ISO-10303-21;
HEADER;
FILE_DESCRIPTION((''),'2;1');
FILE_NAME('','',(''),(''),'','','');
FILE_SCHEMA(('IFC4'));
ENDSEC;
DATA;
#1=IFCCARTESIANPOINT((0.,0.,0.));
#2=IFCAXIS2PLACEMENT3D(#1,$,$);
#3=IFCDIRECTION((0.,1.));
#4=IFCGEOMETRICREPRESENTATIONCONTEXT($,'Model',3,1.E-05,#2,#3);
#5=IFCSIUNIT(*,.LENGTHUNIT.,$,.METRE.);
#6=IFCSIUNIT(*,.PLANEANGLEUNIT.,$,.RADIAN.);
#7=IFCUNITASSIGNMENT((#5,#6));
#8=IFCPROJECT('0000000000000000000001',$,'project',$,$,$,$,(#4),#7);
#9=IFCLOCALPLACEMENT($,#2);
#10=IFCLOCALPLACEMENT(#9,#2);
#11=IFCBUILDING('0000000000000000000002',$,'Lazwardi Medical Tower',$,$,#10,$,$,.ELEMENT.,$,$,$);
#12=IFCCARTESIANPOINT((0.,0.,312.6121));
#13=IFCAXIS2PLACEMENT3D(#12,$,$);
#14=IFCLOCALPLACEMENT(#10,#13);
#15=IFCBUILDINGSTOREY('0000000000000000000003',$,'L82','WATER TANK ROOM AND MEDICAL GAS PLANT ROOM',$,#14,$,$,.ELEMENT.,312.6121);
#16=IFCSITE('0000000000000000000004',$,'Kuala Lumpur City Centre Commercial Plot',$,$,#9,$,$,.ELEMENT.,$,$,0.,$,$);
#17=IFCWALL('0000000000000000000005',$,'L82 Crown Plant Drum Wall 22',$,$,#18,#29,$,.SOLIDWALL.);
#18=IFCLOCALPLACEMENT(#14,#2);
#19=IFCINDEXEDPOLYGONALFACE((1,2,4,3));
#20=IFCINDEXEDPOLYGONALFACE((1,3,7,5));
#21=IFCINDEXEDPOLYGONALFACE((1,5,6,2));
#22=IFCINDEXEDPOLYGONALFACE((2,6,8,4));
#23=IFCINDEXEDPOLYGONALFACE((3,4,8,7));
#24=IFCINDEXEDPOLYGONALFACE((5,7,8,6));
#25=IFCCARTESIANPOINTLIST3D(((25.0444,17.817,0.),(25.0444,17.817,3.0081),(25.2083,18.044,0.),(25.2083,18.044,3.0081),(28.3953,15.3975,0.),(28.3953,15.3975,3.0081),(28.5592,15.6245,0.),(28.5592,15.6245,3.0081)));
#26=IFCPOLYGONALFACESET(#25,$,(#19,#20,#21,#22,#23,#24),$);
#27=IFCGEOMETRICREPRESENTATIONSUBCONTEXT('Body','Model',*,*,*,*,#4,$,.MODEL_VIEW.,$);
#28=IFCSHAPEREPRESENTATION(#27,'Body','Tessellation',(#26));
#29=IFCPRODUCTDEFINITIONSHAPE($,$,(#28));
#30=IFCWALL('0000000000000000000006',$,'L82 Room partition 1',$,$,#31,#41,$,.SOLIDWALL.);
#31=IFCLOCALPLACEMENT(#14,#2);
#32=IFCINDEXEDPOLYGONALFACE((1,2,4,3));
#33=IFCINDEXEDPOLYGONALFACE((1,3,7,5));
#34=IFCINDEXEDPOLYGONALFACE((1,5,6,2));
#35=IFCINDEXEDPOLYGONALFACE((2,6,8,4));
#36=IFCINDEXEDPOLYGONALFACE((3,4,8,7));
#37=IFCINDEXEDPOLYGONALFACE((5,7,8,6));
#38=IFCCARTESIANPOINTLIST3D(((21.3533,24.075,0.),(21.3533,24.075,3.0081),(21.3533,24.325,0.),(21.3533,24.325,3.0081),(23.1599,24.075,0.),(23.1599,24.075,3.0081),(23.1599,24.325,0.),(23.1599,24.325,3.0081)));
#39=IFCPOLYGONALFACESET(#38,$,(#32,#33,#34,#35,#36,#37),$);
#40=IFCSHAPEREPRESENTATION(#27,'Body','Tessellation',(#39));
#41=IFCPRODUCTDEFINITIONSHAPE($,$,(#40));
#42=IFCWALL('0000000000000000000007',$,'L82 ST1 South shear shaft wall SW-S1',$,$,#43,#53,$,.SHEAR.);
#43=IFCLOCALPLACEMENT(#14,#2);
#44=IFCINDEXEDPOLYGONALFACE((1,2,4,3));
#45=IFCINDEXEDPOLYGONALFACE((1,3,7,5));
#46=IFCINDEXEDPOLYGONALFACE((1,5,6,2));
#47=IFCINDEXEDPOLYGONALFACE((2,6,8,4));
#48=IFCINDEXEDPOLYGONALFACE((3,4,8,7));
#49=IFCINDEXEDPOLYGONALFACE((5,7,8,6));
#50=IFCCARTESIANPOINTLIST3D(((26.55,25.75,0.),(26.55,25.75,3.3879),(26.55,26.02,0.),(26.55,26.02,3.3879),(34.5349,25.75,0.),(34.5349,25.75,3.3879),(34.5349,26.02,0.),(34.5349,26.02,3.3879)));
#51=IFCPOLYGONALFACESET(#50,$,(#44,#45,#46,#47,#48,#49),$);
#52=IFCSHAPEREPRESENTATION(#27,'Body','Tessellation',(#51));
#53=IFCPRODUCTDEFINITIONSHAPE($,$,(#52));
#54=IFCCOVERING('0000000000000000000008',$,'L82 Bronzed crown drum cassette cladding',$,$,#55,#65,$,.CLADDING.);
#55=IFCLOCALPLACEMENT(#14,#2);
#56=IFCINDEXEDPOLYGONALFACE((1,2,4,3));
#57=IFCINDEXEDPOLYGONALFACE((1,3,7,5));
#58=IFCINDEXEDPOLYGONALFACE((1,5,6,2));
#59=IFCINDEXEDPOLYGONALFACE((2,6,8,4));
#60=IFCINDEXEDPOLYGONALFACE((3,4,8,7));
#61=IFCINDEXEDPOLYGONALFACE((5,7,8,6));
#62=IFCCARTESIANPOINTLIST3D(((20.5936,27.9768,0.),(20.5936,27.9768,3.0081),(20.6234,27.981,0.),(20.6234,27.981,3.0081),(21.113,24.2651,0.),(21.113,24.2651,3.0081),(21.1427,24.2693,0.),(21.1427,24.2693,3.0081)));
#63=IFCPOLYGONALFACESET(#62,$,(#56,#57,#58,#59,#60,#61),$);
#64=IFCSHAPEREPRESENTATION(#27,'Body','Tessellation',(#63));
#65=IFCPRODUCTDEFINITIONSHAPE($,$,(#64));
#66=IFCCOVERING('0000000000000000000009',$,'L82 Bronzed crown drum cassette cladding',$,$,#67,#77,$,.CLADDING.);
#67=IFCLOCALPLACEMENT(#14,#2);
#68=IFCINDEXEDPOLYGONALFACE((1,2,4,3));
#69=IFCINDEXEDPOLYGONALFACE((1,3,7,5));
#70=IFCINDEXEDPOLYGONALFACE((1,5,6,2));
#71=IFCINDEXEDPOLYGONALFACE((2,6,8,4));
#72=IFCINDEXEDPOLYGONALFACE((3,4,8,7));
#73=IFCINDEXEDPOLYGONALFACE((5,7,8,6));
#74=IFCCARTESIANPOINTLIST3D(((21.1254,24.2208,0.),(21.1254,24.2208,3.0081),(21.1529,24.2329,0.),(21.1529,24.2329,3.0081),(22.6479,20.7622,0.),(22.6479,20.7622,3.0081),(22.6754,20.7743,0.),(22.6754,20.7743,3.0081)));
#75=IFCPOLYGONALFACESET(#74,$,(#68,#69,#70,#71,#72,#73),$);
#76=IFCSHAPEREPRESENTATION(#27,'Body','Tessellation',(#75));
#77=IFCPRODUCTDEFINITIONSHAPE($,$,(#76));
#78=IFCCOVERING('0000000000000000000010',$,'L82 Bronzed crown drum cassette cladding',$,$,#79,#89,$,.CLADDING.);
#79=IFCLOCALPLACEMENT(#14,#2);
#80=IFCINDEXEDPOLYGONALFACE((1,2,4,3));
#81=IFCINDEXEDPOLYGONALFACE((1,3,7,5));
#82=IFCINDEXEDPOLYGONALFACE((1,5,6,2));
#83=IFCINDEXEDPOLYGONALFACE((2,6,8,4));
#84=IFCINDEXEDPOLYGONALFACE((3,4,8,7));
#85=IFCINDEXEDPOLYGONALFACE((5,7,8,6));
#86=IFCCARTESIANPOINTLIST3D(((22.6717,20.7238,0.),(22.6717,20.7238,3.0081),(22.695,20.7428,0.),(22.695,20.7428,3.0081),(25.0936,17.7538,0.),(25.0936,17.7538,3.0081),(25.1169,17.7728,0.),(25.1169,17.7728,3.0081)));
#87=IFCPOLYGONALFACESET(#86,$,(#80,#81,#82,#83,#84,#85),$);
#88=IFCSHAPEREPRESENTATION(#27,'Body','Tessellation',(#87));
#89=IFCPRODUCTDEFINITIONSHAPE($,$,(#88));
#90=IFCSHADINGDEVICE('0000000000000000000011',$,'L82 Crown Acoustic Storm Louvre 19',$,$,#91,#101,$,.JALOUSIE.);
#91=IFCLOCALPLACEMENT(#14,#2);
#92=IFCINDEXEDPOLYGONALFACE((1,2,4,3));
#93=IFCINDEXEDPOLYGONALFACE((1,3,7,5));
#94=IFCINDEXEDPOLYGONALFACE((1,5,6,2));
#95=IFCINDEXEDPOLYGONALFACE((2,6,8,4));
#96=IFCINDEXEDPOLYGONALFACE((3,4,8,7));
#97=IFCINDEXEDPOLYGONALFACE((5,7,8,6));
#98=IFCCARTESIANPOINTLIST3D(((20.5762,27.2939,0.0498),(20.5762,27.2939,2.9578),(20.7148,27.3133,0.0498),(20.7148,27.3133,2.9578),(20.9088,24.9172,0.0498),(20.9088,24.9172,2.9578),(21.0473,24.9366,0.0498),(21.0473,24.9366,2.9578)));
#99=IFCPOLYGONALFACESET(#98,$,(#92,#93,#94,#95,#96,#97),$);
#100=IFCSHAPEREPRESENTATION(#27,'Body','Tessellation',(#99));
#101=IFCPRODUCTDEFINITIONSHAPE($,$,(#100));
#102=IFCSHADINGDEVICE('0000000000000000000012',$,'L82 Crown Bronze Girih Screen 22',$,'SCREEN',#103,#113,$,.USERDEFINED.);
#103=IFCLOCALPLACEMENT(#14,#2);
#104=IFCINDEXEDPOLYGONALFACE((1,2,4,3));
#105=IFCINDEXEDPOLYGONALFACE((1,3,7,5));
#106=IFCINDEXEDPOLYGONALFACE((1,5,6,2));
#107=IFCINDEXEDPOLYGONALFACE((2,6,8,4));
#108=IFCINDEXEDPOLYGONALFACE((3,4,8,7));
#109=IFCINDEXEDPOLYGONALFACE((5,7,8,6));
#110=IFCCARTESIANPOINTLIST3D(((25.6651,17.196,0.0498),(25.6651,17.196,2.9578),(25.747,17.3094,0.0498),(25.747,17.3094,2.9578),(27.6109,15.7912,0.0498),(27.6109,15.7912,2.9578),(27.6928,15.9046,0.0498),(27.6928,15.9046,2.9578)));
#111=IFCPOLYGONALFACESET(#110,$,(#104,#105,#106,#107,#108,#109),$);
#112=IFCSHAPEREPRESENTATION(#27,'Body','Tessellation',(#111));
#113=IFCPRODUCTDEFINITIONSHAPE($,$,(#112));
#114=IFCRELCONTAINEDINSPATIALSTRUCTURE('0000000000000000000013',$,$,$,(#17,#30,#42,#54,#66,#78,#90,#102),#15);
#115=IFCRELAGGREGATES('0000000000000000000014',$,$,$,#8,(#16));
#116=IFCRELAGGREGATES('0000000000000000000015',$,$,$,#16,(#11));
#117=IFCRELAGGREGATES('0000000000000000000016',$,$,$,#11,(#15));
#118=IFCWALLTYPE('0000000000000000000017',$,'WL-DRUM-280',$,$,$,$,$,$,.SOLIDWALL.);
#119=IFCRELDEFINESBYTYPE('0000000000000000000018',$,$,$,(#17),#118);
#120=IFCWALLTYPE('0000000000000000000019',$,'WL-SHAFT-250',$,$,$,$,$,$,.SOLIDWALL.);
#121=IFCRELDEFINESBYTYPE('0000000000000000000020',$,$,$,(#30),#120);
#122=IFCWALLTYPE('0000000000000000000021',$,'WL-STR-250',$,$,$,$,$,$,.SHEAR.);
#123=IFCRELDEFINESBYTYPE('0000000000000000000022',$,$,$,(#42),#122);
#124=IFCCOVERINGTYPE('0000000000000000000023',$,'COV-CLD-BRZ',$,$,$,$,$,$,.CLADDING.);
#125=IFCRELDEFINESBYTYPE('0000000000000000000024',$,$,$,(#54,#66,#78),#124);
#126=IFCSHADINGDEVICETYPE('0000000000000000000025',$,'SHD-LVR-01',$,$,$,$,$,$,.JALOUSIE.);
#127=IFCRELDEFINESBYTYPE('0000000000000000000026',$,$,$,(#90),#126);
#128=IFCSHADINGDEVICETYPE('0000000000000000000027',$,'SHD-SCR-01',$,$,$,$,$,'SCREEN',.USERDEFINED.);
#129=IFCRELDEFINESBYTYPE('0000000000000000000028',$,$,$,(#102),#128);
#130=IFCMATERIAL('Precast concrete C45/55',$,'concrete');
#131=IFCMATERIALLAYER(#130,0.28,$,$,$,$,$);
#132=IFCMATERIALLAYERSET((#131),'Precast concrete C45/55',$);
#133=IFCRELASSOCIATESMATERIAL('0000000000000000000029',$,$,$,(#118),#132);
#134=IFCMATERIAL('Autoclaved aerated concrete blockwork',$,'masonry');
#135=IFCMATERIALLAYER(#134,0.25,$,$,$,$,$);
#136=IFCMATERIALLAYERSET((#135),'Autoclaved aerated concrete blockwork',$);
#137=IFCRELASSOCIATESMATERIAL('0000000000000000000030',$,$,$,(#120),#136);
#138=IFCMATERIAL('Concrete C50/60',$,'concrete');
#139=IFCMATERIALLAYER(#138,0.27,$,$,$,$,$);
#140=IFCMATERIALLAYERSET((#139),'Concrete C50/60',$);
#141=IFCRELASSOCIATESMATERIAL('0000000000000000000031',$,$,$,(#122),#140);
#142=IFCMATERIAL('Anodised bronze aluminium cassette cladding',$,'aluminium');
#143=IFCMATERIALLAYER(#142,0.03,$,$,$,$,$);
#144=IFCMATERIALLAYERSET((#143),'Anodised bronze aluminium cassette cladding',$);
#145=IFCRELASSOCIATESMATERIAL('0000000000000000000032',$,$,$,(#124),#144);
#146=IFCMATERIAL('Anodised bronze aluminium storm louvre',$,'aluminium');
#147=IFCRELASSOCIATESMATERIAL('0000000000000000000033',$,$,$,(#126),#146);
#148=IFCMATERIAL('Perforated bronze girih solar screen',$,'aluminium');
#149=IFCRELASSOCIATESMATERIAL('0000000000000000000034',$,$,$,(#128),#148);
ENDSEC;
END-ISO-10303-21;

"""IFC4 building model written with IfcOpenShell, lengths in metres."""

from ifc_helpers import new_model, si_unit, direction, frame, frame_2d, origin, origin_2d, place, context, subcontext, project, spatial, rectangle, extrude, material, layer, layer_set, type_object, element, save


model = new_model("IFC4")

# Units and contexts
model_context = context("Model", 3, precision=1e-05, world=origin(), true_north=direction((0.0, 1.0)))
body_context = subcontext(model_context, "Body", "Model", "MODEL_VIEW")
ifc_project = project(units=[si_unit("LENGTHUNIT", "METRE"), si_unit("PLANEANGLEUNIT", "RADIAN")], contexts=[model_context])

# Site, building, storey
site_placement = place(None, origin())
site = spatial("IfcSite", under=ifc_project, at=site_placement, Name="Kuala Lumpur City Centre Commercial Plot", CompositionType="ELEMENT", RefElevation=0.0)
building_placement = place(site_placement, origin())
building = spatial("IfcBuilding", under=site, at=building_placement, Name="Lazwardi Medical Tower", CompositionType="ELEMENT")
storey_placement = place(building_placement, frame((0.0, 0.0, 312.6121)))
storey = spatial("IfcBuildingStorey", under=building, at=storey_placement, Name="L82", Description="WATER TANK ROOM AND MEDICAL GAS PLANT ROOM", CompositionType="ELEMENT", Elevation=312.6121)

# Shared definitions
ifc_material_1 = material(Name="Concrete C50/60", Category="concrete")

# Walls
ifc_material_2 = material(Name="Precast concrete C45/55", Category="concrete")
ifc_layer_1 = layer(ifc_material_2, 0.28)
ifc_layer_set_1 = layer_set([ifc_layer_1], Name="Precast concrete C45/55")
wall_type_1 = type_object("IfcWallType", Name="WL-DRUM-280", PredefinedType="SOLIDWALL", material=ifc_layer_set_1)
wall_1_placement = place(storey_placement, frame((25.1265, 17.9304, 0.0), z_axis=(0.0, 0.0, 1.0), x_axis=(0.810749, -0.585393, 0.0)))
element("IfcWall", 1, at=wall_1_placement, inside=storey, type_object=wall_type_1, Name="L82 Crown Plant Drum Wall 22", PredefinedType="SOLIDWALL", context=body_context, shape_type="SweptSolid", body=[
    extrude(rectangle(XDim=4.1331, YDim=0.28, at=frame_2d((2.0664, 0.0))), origin(), (0.0, 0.0, 1.0), 3.0081),
])
ifc_material_3 = material(Name="Autoclaved aerated concrete blockwork", Category="masonry")
ifc_layer_2 = layer(ifc_material_3, 0.25)
ifc_layer_set_2 = layer_set([ifc_layer_2], Name="Autoclaved aerated concrete blockwork")
wall_type_2 = type_object("IfcWallType", Name="WL-SHAFT-250", PredefinedType="SOLIDWALL", material=ifc_layer_set_2)
wall_2_placement = place(storey_placement, frame((21.3533, 24.2, 0.0), z_axis=(0.0, 0.0, 1.0), x_axis=(1.0, 0.0, 0.0)))
element("IfcWall", 2, at=wall_2_placement, inside=storey, type_object=wall_type_2, Name="L82 Room partition 1", PredefinedType="SOLIDWALL", context=body_context, shape_type="SweptSolid", body=[
    extrude(rectangle(XDim=1.8066, YDim=0.25, at=frame_2d((0.9033, 0.0))), origin(), (0.0, 0.0, 1.0), 3.0081),
])
ifc_layer_3 = layer(ifc_material_1, 0.27)
ifc_layer_set_3 = layer_set([ifc_layer_3], Name="Concrete C50/60")
wall_type_3 = type_object("IfcWallType", Name="WL-STR-250", PredefinedType="SHEAR", material=ifc_layer_set_3)
wall_3_placement = place(storey_placement, frame((26.55, 25.885, 0.0), z_axis=(0.0, 0.0, 1.0), x_axis=(1.0, 0.0, 0.0)))
element("IfcWall", 3, at=wall_3_placement, inside=storey, type_object=wall_type_3, Name="L82 ST1 South shear shaft wall SW-S1", PredefinedType="SHEAR", context=body_context, shape_type="SweptSolid", body=[
    extrude(rectangle(XDim=7.9849, YDim=0.27, at=frame_2d((3.9924, 0.0))), origin(), (0.0, 0.0, 1.0), 3.3879),
])

# Coverings
ifc_material_4 = material(Name="Anodised bronze aluminium cassette cladding", Category="aluminium")
ifc_layer_4 = layer(ifc_material_4, 0.03)
ifc_layer_set_4 = layer_set([ifc_layer_4], Name="Anodised bronze aluminium cassette cladding")
covering_type = type_object("IfcCoveringType", Name="COV-CLD-BRZ", PredefinedType="CLADDING", material=ifc_layer_set_4)
covering_1_placement = place(storey_placement, frame((20.8682, 26.123, 0.0), z_axis=(0.0, 0.0, 1.0), x_axis=(0.138566, -0.990353, 0.0)))
element("IfcCovering", 4, at=covering_1_placement, inside=storey, type_object=covering_type, Name="L82 Bronzed crown drum cassette cladding", PredefinedType="CLADDING", context=body_context, shape_type="SweptSolid", body=[
    extrude(rectangle(XDim=3.7478, YDim=0.03, at=origin_2d()), origin(), (0.0, 0.0, 1.0), 3.0081),
])
covering_2_placement = place(storey_placement, frame((21.9004, 22.4976, 0.0), z_axis=(0.0, 0.0, 1.0), x_axis=(0.402906, -0.915241, 0.0)))
element("IfcCovering", 5, at=covering_2_placement, inside=storey, type_object=covering_type, Name="L82 Bronzed crown drum cassette cladding", PredefinedType="CLADDING", context=body_context, shape_type="SweptSolid", body=[
    extrude(rectangle(XDim=3.7788, YDim=0.03, at=origin_2d()), origin(), (0.0, 0.0, 1.0), 3.0081),
])
covering_3_placement = place(storey_placement, frame((23.8943, 19.2483, 0.0), z_axis=(0.0, 0.0, 1.0), x_axis=(0.631983, -0.774982, 0.0)))
element("IfcCovering", 6, at=covering_3_placement, inside=storey, type_object=covering_type, Name="L82 Bronzed crown drum cassette cladding", PredefinedType="CLADDING", context=body_context, shape_type="SweptSolid", body=[
    extrude(rectangle(XDim=3.8323, YDim=0.03, at=origin_2d()), origin(), (0.0, 0.0, 1.0), 3.0081),
])

# Shading devices
ifc_material_5 = material(Name="Anodised bronze aluminium storm louvre", Category="aluminium")
shading_device_type_1 = type_object("IfcShadingDeviceType", Name="SHD-LVR-01", PredefinedType="JALOUSIE", material=ifc_material_5)
shading_device_1_placement = place(storey_placement, frame((20.8118, 26.1152, 0.0498), z_axis=(0.0, 0.0, 1.0), x_axis=(0.138566, -0.990353, 0.0)))
element("IfcShadingDevice", 7, at=shading_device_1_placement, inside=storey, type_object=shading_device_type_1, Name="L82 Crown Acoustic Storm Louvre 19", PredefinedType="JALOUSIE", context=body_context, shape_type="SweptSolid", body=[
    extrude(rectangle(XDim=2.3999, YDim=0.1399, at=origin_2d()), origin(), (0.0, 0.0, 1.0), 2.908),
])
ifc_material_6 = material(Name="Perforated bronze girih solar screen", Category="aluminium")
shading_device_type_2 = type_object("IfcShadingDeviceType", Name="SHD-SCR-01", ElementType="SCREEN", PredefinedType="USERDEFINED", material=ifc_material_6)
shading_device_2_placement = place(storey_placement, frame((26.679, 16.5503, 0.0498), z_axis=(0.0, 0.0, 1.0), x_axis=(0.810758, -0.585381, 0.0)))
element("IfcShadingDevice", 8, at=shading_device_2_placement, inside=storey, type_object=shading_device_type_2, Name="L82 Crown Bronze Girih Screen 22", ObjectType="SCREEN", PredefinedType="USERDEFINED", context=body_context, shape_type="SweptSolid", body=[
    extrude(rectangle(XDim=2.3999, YDim=0.1399, at=origin_2d()), origin(), (0.0, 0.0, 1.0), 2.908),
])

save(model, "model.ifc")
